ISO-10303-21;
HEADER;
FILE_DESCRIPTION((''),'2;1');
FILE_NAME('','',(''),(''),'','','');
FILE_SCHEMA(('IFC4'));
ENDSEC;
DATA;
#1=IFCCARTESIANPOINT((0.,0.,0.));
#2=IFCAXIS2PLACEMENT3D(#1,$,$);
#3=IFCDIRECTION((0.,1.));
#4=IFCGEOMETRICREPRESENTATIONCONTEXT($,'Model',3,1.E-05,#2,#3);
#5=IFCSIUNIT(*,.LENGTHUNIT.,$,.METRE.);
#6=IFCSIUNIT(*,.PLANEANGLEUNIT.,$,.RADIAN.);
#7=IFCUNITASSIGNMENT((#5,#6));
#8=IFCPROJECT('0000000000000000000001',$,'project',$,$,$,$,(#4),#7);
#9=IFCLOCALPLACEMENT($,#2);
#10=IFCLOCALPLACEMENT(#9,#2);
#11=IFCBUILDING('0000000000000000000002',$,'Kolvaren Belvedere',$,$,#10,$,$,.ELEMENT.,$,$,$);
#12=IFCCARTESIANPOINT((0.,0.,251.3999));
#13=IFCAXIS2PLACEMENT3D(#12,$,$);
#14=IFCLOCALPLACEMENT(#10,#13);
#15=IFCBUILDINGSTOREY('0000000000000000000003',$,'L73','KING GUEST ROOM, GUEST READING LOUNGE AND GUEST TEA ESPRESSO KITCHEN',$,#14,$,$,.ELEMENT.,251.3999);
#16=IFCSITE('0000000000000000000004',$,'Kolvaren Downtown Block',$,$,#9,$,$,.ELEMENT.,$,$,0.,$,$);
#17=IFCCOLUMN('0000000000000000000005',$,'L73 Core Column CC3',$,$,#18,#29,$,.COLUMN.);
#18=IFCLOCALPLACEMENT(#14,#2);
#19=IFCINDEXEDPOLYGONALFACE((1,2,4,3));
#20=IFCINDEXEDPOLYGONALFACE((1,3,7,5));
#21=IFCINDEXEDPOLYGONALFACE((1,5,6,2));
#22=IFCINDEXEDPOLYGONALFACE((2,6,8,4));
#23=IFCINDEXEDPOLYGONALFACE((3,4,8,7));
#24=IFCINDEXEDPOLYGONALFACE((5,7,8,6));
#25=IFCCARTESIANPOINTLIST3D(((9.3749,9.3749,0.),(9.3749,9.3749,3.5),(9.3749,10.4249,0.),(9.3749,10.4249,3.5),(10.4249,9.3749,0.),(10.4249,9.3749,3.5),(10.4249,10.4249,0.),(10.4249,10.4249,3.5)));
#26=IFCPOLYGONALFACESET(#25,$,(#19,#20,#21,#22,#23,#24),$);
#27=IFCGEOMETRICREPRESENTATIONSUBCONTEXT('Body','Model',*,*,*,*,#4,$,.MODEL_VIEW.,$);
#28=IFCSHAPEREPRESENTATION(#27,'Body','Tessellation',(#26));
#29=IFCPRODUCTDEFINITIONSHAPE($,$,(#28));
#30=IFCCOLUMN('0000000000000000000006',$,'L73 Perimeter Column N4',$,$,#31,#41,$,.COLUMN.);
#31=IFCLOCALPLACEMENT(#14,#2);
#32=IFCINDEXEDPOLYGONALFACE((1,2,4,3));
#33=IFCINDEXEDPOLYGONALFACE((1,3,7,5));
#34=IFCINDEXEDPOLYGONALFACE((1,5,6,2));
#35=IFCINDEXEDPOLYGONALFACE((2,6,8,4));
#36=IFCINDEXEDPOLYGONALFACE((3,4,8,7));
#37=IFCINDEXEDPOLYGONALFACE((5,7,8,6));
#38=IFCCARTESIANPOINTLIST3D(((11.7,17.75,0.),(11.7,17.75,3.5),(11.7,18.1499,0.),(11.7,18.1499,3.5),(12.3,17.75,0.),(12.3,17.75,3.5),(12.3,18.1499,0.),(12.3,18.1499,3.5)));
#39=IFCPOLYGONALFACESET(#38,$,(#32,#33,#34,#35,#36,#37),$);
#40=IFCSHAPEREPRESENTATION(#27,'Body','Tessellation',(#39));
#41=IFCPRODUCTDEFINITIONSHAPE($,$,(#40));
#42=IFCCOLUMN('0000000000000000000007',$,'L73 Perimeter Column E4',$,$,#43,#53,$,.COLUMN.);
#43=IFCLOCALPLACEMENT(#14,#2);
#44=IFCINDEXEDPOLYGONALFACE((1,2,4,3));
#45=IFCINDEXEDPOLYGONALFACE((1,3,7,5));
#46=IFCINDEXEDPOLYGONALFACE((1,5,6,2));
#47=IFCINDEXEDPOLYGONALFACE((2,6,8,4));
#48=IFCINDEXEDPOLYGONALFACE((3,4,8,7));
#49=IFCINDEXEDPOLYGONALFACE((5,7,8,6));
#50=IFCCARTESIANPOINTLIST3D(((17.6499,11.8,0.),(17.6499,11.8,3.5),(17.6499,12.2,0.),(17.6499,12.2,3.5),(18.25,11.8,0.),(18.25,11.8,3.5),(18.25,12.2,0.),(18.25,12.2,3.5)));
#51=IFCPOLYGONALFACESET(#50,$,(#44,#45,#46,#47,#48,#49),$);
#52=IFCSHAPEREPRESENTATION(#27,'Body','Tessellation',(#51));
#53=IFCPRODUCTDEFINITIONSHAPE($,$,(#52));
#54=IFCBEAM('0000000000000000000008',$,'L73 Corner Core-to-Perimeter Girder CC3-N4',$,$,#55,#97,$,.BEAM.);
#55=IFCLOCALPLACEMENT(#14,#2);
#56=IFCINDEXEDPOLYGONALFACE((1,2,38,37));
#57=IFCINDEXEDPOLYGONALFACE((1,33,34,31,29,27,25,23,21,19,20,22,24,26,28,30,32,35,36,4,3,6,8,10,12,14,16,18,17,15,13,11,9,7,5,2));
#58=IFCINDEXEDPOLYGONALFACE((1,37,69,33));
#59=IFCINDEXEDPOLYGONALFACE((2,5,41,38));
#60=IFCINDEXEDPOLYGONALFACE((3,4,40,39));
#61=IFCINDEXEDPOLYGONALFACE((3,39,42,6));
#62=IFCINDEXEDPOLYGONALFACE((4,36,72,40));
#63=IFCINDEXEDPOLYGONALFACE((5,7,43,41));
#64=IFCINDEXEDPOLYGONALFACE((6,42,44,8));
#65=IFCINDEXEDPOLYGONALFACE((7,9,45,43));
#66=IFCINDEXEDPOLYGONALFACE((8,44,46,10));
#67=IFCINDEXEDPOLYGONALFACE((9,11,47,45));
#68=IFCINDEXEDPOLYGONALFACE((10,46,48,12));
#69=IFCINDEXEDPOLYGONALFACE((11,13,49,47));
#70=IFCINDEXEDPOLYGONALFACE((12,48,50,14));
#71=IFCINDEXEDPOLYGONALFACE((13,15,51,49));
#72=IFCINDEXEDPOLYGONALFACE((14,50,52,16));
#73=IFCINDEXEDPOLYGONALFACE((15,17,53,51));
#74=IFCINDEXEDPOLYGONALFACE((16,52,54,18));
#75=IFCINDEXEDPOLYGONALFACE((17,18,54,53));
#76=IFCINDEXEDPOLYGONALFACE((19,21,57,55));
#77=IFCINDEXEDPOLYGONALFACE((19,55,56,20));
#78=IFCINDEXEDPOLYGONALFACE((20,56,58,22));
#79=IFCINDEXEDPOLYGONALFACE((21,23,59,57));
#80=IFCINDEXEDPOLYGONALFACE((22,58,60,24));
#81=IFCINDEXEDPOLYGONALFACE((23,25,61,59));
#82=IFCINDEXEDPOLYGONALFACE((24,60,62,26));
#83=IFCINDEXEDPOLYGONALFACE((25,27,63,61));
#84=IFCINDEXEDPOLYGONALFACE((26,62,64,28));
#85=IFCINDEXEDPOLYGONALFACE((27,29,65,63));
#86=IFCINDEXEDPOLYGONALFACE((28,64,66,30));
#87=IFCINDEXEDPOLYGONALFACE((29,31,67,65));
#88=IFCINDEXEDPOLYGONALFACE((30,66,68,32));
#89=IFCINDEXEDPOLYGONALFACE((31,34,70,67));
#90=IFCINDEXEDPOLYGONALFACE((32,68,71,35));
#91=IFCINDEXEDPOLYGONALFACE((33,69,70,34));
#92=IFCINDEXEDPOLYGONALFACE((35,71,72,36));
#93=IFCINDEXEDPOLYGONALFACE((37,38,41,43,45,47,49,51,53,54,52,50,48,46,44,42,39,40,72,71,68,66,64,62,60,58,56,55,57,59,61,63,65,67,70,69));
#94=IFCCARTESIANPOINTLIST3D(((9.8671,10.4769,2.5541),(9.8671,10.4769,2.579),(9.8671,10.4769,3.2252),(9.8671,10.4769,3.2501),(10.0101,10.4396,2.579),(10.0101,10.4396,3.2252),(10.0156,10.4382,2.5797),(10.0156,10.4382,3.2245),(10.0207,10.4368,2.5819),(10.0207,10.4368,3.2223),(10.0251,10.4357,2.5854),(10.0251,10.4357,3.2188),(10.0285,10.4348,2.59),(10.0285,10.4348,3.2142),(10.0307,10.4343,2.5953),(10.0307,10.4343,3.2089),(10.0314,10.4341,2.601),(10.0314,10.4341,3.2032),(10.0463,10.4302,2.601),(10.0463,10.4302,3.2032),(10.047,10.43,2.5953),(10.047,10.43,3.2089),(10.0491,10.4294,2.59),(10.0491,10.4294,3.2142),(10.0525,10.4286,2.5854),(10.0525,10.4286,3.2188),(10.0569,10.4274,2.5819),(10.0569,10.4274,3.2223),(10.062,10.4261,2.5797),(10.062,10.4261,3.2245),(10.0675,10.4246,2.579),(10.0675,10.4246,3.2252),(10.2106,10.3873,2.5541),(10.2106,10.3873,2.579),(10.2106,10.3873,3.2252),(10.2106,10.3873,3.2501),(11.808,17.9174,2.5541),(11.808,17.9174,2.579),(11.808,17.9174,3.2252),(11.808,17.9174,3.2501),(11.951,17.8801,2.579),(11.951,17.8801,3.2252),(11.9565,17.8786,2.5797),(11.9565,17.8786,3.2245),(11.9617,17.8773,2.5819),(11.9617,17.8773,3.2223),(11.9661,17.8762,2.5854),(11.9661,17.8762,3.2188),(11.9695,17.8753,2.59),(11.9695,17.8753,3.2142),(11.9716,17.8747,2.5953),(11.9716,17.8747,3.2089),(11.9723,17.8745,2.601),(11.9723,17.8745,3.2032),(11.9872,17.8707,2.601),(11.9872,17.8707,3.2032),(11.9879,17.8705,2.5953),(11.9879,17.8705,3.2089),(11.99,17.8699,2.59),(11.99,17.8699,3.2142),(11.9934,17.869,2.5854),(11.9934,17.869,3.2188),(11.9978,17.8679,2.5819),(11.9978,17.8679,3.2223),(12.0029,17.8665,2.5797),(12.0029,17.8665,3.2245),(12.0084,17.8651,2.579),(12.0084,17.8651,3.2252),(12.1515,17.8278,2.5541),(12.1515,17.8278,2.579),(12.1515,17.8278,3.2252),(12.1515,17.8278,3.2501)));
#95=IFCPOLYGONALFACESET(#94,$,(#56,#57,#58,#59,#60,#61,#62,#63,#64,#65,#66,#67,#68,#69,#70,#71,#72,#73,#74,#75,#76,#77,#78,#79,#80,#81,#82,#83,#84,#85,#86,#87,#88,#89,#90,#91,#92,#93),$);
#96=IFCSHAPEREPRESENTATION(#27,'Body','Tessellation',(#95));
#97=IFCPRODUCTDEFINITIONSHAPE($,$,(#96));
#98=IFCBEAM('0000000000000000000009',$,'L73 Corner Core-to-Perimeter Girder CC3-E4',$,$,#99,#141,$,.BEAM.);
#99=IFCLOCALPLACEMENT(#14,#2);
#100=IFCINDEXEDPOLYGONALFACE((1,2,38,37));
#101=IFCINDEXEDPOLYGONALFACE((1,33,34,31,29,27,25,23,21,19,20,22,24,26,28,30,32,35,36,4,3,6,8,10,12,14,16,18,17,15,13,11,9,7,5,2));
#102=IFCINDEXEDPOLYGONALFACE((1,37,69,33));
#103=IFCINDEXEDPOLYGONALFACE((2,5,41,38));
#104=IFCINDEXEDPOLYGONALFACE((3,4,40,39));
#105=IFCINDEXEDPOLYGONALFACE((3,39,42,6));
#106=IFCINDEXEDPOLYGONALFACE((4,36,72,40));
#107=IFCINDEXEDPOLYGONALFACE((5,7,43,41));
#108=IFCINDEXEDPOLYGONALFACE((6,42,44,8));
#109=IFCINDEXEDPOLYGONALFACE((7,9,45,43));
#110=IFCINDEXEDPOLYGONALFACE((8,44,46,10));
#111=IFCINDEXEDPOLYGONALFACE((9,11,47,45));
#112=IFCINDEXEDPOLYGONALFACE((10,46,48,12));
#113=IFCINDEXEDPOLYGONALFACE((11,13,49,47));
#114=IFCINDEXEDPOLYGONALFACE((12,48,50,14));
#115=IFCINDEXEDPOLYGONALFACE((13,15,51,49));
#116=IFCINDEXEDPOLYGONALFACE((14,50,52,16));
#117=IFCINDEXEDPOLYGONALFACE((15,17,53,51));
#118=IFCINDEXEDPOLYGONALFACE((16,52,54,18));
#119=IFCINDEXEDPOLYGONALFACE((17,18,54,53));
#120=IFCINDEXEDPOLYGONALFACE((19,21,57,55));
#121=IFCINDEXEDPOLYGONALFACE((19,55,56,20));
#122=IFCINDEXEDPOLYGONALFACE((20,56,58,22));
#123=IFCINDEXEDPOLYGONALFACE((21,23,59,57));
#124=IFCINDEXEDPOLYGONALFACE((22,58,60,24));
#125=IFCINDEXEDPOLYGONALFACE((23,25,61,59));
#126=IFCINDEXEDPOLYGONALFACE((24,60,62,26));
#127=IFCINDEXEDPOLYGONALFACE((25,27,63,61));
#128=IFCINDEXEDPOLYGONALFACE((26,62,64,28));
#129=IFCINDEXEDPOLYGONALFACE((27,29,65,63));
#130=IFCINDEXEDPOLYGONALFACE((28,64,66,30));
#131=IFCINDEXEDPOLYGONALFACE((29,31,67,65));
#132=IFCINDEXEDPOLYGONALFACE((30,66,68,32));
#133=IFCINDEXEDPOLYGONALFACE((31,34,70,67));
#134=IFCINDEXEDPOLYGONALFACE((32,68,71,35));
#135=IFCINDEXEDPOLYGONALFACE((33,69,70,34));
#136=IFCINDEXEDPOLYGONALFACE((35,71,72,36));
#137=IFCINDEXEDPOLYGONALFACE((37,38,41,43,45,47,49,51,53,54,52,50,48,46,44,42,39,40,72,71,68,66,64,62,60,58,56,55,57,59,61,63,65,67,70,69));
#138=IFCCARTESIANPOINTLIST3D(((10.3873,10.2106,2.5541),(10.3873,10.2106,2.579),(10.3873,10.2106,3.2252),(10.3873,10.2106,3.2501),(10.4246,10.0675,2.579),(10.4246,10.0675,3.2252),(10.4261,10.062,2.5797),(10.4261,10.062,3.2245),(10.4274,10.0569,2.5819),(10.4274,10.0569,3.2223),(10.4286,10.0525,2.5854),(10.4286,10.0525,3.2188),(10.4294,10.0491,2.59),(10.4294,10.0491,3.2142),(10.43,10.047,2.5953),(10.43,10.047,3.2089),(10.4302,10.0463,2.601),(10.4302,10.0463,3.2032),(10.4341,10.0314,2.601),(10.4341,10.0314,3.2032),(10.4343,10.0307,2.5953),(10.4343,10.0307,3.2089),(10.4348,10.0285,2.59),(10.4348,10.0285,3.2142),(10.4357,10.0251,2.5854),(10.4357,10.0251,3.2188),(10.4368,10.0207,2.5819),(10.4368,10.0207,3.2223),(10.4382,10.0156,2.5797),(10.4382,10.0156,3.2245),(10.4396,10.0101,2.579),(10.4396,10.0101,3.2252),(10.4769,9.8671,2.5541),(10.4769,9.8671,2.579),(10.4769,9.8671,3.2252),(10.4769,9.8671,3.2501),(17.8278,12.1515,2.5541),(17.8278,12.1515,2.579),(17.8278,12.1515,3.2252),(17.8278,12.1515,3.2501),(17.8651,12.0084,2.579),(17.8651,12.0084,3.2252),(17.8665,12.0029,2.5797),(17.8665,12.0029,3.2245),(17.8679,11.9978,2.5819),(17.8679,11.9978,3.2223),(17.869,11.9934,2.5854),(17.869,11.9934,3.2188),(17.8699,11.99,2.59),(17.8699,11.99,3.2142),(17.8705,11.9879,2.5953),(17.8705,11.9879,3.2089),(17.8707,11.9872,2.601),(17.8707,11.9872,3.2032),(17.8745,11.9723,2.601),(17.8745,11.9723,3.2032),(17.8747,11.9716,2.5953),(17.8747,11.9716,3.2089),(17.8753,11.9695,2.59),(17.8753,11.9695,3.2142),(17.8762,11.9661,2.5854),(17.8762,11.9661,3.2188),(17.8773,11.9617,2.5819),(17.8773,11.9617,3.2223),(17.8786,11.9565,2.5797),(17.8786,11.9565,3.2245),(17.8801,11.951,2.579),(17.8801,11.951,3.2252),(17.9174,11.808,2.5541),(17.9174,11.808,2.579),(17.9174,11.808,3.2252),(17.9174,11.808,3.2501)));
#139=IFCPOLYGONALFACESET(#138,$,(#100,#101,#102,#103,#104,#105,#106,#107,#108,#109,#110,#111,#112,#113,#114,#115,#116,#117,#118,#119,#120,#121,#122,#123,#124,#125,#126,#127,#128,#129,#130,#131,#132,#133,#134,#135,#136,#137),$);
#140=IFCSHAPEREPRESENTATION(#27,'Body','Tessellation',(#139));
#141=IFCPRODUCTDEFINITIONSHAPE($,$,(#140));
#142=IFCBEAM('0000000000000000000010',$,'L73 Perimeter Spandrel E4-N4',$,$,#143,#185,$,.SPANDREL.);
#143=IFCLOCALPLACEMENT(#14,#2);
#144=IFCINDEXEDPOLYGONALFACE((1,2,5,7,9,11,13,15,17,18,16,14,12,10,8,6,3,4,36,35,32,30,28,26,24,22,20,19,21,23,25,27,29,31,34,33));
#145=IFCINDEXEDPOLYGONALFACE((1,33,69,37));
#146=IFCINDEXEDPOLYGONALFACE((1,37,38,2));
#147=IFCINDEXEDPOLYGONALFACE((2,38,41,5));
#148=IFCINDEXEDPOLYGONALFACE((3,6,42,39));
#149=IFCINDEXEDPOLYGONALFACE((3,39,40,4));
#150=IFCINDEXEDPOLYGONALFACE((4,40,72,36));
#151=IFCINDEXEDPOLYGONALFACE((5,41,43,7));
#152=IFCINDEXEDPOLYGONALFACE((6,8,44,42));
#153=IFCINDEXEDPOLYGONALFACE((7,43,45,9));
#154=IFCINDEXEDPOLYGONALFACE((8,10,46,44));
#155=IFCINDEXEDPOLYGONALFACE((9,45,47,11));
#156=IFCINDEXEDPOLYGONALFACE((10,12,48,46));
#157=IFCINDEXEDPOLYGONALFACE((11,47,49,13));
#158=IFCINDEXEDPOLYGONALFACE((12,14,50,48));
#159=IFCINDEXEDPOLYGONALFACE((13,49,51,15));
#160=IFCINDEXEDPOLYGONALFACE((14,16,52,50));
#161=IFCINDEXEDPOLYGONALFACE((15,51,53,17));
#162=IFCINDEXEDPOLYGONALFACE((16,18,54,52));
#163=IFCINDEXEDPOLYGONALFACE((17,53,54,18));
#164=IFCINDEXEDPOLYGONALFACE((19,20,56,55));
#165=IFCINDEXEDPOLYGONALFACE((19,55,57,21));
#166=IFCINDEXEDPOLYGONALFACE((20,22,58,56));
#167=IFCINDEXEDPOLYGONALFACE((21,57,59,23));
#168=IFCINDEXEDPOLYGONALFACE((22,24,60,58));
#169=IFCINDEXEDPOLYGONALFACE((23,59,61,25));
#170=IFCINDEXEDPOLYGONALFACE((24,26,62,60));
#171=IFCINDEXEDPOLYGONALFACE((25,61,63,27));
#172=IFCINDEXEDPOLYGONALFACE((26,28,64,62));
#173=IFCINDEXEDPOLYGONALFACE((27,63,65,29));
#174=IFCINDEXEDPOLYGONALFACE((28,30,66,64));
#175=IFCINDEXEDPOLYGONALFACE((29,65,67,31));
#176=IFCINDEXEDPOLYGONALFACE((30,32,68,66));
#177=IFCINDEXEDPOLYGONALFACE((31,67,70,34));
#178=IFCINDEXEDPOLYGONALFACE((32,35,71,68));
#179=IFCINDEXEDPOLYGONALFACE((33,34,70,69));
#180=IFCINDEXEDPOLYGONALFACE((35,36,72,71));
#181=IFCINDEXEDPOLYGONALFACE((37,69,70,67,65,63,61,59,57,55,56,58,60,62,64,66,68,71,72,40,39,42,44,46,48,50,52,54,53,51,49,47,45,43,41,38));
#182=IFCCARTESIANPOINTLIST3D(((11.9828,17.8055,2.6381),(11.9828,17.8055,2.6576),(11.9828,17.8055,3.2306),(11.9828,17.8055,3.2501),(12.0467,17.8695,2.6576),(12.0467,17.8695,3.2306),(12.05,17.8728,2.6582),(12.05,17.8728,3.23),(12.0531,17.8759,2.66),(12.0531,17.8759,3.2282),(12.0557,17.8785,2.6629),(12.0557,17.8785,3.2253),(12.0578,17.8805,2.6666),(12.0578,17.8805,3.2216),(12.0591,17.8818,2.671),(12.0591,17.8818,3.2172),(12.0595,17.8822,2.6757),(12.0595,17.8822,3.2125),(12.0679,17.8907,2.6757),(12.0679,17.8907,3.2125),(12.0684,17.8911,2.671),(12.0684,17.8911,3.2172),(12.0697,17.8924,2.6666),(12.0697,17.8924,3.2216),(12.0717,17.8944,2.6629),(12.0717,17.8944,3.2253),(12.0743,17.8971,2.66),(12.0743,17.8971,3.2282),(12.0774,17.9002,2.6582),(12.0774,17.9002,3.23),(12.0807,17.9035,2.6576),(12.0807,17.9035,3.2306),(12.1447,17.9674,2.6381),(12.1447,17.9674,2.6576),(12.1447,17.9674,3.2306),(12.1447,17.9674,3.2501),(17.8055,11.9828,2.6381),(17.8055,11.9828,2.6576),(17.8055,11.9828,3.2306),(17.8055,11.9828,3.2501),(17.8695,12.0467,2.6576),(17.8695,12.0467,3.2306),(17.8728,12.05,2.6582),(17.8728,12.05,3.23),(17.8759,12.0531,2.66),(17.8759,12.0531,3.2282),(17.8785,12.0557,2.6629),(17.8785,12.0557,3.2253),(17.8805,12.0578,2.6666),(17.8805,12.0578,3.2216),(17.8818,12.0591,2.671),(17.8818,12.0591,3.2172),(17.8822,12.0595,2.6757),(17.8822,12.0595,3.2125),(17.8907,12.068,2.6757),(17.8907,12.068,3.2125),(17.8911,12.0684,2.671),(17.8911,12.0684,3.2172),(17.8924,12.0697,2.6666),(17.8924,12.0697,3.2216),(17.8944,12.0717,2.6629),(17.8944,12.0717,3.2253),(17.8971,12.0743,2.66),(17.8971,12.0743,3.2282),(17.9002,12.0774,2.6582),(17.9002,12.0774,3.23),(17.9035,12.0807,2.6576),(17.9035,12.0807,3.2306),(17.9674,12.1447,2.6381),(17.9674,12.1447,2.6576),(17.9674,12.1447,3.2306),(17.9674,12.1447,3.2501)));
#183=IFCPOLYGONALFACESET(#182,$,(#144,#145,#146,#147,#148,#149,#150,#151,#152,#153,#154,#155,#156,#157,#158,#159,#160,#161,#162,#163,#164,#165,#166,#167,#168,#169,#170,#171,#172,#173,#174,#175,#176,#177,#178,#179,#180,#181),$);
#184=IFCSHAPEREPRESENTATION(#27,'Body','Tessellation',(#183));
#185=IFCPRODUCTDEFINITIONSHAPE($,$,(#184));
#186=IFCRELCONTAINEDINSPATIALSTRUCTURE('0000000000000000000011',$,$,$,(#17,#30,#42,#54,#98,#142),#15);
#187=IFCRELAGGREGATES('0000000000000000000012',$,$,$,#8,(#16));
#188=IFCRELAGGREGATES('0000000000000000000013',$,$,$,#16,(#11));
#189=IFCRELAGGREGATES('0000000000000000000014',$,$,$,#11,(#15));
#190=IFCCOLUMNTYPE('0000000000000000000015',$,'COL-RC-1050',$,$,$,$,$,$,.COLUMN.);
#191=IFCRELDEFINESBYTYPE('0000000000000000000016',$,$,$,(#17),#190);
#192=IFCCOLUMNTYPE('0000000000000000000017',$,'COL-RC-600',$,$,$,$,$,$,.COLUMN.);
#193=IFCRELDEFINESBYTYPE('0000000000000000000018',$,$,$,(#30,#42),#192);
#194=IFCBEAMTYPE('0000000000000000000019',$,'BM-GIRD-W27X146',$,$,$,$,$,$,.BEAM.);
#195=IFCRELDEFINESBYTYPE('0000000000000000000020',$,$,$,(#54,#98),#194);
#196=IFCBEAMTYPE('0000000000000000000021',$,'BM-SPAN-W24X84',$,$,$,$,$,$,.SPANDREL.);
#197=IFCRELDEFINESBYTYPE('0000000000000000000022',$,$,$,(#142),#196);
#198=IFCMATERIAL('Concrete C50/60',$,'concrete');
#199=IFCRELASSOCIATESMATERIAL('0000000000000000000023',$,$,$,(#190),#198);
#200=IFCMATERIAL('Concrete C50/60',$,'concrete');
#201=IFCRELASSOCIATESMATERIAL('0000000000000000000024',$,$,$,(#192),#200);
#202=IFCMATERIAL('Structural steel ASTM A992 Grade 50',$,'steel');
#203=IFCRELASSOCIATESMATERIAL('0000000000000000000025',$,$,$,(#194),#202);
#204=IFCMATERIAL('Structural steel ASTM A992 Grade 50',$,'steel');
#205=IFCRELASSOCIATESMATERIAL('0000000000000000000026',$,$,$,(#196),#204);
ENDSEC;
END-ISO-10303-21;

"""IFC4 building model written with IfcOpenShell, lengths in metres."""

from ifc_helpers import new_model, si_unit, direction, frame, origin, origin_2d, place, context, subcontext, project, spatial, rectangle, i_section, extrude, material, material_profile, profile_set, type_object, element, save


model = new_model("IFC4")

# Units and contexts
model_context = context("Model", 3, precision=1e-05, world=origin(), true_north=direction((0.0, 1.0)))
body_context = subcontext(model_context, "Body", "Model", "MODEL_VIEW")
ifc_project = project(units=[si_unit("LENGTHUNIT", "METRE"), si_unit("PLANEANGLEUNIT", "RADIAN")], contexts=[model_context])

# Site, building, storey
site_placement = place(None, origin())
site = spatial("IfcSite", under=ifc_project, at=site_placement, Name="Kolvaren Downtown Block", CompositionType="ELEMENT", RefElevation=0.0)
building_placement = place(site_placement, origin())
building = spatial("IfcBuilding", under=site, at=building_placement, Name="Kolvaren Belvedere", CompositionType="ELEMENT")
storey_placement = place(building_placement, frame((0.0, 0.0, 251.3999)))
storey = spatial("IfcBuildingStorey", under=building, at=storey_placement, Name="L73", Description="KING GUEST ROOM, GUEST READING LOUNGE AND GUEST TEA ESPRESSO KITCHEN", CompositionType="ELEMENT", Elevation=251.3999)

# Columns
ifc_material_1 = material(Name="Concrete C50/60", Category="concrete")
ifc_material_profile_1 = material_profile(ifc_material_1, rectangle(XDim=1.05, YDim=1.05, at=origin_2d()), Name="RC 1050X1050")
ifc_profile_set_1 = profile_set([ifc_material_profile_1], Name="Concrete C50/60")
column_type_1 = type_object("IfcColumnType", Name="COL-RC-1050", PredefinedType="COLUMN", material=ifc_profile_set_1)
column_placement = place(storey_placement, frame((9.8999, 9.8999, 0.0), z_axis=(0.0, 0.0, 1.0), x_axis=(1.0, 0.0, 0.0)))
element("IfcColumn", 1, at=column_placement, inside=storey, type_object=column_type_1, Name="L73 Core Column CC3", PredefinedType="COLUMN", context=body_context, shape_type="SweptSolid", body=[
    extrude(rectangle(XDim=1.05, YDim=1.05, at=origin_2d()), origin(), (0.0, 0.0, 1.0), 3.5),
])
ifc_material_2 = material(Name="Concrete C50/60", Category="concrete")
ifc_material_profile_2 = material_profile(ifc_material_2, rectangle(XDim=0.6001, YDim=0.3999, at=origin_2d()), Name="RC 600X400")
ifc_profile_set_2 = profile_set([ifc_material_profile_2], Name="Concrete C50/60")
column_type_2 = type_object("IfcColumnType", Name="COL-RC-600", PredefinedType="COLUMN", material=ifc_profile_set_2)
for number, where, z_axis, x_axis, name in (
    (2, (12.0, 17.95, 0.0), (0.0, 0.0, 1.0), (1.0, 0.0, 0.0), "L73 Perimeter Column N4"),
    (3, (17.95, 12.0, 0.0), (0.0, 0.0, 1.0), (1.0, 0.0, 0.0), "L73 Perimeter Column E4"),
):
    element("IfcColumn", number, at=place(storey_placement, frame(where, z_axis=z_axis, x_axis=x_axis)), inside=storey, type_object=column_type_2, Name=name, PredefinedType="COLUMN", context=body_context, shape_type="SweptSolid", body=[
        extrude(rectangle(XDim=0.6001, YDim=0.3999, at=origin_2d()), origin(), (0.0, 0.0, 1.0), 3.5),
    ])

# Beams
ifc_material_3 = material(Name="Structural steel ASTM A992 Grade 50", Category="steel")
ifc_material_profile_3 = material_profile(ifc_material_3, i_section(OverallWidth=0.355, OverallDepth=0.696, WebThickness=0.0154, FlangeThickness=0.0249, FilletRadius=0.022, at=origin_2d()), Name="W27X146")
ifc_profile_set_3 = profile_set([ifc_material_profile_3], Name="Structural steel ASTM A992 Grade 50")
beam_type_1 = type_object("IfcBeamType", Name="BM-GIRD-W27X146", PredefinedType="BEAM", material=ifc_profile_set_3)
for number, where, z_axis, x_axis, name in (
    (4, (10.0388, 10.4321, 2.9021), (0.252414, 0.967619, 0.0), (-0.967619, 0.252414, 0.0), "L73 Corner Core-to-Perimeter Girder CC3-N4"),
    (5, (10.4321, 10.0388, 2.9021), (0.967619, 0.252414, 0.0), (-0.252414, 0.967619, 0.0), "L73 Corner Core-to-Perimeter Girder CC3-E4"),
):
    element("IfcBeam", number, at=place(storey_placement, frame(where, z_axis=z_axis, x_axis=x_axis)), inside=storey, type_object=beam_type_1, Name=name, PredefinedType="BEAM", context=body_context, shape_type="SweptSolid", body=[
        extrude(i_section(OverallWidth=0.355, OverallDepth=0.696, WebThickness=0.0154, FlangeThickness=0.0249, FilletRadius=0.022, at=origin_2d()), origin(), (0.0, 0.0, 1.0), 7.6895),
    ])
ifc_material_4 = material(Name="Structural steel ASTM A992 Grade 50", Category="steel")
ifc_material_profile_4 = material_profile(ifc_material_4, i_section(OverallWidth=0.229, OverallDepth=0.6121, WebThickness=0.012, FlangeThickness=0.0195, FilletRadius=0.0181, at=origin_2d()), Name="W24X84")
ifc_profile_set_4 = profile_set([ifc_material_profile_4], Name="Structural steel ASTM A992 Grade 50")
beam_type_2 = type_object("IfcBeamType", Name="BM-SPAN-W24X84", PredefinedType="SPANDREL", material=ifc_profile_set_4)
beam_1_placement = place(storey_placement, frame((17.8865, 12.0637, 2.9441), z_axis=(-0.707107, 0.707107, 0.0), x_axis=(-0.707107, -0.707107, 0.0)))
element("IfcBeam", 6, at=beam_1_placement, inside=storey, type_object=beam_type_2, Name="L73 Perimeter Spandrel E4-N4", PredefinedType="SPANDREL", context=body_context, shape_type="SweptSolid", body=[
    extrude(i_section(OverallWidth=0.229, OverallDepth=0.6121, WebThickness=0.012, FlangeThickness=0.0195, FilletRadius=0.0181, at=origin_2d()), origin(), (0.0, 0.0, 1.0), 8.2346),
])

save(model, "model.ifc")
